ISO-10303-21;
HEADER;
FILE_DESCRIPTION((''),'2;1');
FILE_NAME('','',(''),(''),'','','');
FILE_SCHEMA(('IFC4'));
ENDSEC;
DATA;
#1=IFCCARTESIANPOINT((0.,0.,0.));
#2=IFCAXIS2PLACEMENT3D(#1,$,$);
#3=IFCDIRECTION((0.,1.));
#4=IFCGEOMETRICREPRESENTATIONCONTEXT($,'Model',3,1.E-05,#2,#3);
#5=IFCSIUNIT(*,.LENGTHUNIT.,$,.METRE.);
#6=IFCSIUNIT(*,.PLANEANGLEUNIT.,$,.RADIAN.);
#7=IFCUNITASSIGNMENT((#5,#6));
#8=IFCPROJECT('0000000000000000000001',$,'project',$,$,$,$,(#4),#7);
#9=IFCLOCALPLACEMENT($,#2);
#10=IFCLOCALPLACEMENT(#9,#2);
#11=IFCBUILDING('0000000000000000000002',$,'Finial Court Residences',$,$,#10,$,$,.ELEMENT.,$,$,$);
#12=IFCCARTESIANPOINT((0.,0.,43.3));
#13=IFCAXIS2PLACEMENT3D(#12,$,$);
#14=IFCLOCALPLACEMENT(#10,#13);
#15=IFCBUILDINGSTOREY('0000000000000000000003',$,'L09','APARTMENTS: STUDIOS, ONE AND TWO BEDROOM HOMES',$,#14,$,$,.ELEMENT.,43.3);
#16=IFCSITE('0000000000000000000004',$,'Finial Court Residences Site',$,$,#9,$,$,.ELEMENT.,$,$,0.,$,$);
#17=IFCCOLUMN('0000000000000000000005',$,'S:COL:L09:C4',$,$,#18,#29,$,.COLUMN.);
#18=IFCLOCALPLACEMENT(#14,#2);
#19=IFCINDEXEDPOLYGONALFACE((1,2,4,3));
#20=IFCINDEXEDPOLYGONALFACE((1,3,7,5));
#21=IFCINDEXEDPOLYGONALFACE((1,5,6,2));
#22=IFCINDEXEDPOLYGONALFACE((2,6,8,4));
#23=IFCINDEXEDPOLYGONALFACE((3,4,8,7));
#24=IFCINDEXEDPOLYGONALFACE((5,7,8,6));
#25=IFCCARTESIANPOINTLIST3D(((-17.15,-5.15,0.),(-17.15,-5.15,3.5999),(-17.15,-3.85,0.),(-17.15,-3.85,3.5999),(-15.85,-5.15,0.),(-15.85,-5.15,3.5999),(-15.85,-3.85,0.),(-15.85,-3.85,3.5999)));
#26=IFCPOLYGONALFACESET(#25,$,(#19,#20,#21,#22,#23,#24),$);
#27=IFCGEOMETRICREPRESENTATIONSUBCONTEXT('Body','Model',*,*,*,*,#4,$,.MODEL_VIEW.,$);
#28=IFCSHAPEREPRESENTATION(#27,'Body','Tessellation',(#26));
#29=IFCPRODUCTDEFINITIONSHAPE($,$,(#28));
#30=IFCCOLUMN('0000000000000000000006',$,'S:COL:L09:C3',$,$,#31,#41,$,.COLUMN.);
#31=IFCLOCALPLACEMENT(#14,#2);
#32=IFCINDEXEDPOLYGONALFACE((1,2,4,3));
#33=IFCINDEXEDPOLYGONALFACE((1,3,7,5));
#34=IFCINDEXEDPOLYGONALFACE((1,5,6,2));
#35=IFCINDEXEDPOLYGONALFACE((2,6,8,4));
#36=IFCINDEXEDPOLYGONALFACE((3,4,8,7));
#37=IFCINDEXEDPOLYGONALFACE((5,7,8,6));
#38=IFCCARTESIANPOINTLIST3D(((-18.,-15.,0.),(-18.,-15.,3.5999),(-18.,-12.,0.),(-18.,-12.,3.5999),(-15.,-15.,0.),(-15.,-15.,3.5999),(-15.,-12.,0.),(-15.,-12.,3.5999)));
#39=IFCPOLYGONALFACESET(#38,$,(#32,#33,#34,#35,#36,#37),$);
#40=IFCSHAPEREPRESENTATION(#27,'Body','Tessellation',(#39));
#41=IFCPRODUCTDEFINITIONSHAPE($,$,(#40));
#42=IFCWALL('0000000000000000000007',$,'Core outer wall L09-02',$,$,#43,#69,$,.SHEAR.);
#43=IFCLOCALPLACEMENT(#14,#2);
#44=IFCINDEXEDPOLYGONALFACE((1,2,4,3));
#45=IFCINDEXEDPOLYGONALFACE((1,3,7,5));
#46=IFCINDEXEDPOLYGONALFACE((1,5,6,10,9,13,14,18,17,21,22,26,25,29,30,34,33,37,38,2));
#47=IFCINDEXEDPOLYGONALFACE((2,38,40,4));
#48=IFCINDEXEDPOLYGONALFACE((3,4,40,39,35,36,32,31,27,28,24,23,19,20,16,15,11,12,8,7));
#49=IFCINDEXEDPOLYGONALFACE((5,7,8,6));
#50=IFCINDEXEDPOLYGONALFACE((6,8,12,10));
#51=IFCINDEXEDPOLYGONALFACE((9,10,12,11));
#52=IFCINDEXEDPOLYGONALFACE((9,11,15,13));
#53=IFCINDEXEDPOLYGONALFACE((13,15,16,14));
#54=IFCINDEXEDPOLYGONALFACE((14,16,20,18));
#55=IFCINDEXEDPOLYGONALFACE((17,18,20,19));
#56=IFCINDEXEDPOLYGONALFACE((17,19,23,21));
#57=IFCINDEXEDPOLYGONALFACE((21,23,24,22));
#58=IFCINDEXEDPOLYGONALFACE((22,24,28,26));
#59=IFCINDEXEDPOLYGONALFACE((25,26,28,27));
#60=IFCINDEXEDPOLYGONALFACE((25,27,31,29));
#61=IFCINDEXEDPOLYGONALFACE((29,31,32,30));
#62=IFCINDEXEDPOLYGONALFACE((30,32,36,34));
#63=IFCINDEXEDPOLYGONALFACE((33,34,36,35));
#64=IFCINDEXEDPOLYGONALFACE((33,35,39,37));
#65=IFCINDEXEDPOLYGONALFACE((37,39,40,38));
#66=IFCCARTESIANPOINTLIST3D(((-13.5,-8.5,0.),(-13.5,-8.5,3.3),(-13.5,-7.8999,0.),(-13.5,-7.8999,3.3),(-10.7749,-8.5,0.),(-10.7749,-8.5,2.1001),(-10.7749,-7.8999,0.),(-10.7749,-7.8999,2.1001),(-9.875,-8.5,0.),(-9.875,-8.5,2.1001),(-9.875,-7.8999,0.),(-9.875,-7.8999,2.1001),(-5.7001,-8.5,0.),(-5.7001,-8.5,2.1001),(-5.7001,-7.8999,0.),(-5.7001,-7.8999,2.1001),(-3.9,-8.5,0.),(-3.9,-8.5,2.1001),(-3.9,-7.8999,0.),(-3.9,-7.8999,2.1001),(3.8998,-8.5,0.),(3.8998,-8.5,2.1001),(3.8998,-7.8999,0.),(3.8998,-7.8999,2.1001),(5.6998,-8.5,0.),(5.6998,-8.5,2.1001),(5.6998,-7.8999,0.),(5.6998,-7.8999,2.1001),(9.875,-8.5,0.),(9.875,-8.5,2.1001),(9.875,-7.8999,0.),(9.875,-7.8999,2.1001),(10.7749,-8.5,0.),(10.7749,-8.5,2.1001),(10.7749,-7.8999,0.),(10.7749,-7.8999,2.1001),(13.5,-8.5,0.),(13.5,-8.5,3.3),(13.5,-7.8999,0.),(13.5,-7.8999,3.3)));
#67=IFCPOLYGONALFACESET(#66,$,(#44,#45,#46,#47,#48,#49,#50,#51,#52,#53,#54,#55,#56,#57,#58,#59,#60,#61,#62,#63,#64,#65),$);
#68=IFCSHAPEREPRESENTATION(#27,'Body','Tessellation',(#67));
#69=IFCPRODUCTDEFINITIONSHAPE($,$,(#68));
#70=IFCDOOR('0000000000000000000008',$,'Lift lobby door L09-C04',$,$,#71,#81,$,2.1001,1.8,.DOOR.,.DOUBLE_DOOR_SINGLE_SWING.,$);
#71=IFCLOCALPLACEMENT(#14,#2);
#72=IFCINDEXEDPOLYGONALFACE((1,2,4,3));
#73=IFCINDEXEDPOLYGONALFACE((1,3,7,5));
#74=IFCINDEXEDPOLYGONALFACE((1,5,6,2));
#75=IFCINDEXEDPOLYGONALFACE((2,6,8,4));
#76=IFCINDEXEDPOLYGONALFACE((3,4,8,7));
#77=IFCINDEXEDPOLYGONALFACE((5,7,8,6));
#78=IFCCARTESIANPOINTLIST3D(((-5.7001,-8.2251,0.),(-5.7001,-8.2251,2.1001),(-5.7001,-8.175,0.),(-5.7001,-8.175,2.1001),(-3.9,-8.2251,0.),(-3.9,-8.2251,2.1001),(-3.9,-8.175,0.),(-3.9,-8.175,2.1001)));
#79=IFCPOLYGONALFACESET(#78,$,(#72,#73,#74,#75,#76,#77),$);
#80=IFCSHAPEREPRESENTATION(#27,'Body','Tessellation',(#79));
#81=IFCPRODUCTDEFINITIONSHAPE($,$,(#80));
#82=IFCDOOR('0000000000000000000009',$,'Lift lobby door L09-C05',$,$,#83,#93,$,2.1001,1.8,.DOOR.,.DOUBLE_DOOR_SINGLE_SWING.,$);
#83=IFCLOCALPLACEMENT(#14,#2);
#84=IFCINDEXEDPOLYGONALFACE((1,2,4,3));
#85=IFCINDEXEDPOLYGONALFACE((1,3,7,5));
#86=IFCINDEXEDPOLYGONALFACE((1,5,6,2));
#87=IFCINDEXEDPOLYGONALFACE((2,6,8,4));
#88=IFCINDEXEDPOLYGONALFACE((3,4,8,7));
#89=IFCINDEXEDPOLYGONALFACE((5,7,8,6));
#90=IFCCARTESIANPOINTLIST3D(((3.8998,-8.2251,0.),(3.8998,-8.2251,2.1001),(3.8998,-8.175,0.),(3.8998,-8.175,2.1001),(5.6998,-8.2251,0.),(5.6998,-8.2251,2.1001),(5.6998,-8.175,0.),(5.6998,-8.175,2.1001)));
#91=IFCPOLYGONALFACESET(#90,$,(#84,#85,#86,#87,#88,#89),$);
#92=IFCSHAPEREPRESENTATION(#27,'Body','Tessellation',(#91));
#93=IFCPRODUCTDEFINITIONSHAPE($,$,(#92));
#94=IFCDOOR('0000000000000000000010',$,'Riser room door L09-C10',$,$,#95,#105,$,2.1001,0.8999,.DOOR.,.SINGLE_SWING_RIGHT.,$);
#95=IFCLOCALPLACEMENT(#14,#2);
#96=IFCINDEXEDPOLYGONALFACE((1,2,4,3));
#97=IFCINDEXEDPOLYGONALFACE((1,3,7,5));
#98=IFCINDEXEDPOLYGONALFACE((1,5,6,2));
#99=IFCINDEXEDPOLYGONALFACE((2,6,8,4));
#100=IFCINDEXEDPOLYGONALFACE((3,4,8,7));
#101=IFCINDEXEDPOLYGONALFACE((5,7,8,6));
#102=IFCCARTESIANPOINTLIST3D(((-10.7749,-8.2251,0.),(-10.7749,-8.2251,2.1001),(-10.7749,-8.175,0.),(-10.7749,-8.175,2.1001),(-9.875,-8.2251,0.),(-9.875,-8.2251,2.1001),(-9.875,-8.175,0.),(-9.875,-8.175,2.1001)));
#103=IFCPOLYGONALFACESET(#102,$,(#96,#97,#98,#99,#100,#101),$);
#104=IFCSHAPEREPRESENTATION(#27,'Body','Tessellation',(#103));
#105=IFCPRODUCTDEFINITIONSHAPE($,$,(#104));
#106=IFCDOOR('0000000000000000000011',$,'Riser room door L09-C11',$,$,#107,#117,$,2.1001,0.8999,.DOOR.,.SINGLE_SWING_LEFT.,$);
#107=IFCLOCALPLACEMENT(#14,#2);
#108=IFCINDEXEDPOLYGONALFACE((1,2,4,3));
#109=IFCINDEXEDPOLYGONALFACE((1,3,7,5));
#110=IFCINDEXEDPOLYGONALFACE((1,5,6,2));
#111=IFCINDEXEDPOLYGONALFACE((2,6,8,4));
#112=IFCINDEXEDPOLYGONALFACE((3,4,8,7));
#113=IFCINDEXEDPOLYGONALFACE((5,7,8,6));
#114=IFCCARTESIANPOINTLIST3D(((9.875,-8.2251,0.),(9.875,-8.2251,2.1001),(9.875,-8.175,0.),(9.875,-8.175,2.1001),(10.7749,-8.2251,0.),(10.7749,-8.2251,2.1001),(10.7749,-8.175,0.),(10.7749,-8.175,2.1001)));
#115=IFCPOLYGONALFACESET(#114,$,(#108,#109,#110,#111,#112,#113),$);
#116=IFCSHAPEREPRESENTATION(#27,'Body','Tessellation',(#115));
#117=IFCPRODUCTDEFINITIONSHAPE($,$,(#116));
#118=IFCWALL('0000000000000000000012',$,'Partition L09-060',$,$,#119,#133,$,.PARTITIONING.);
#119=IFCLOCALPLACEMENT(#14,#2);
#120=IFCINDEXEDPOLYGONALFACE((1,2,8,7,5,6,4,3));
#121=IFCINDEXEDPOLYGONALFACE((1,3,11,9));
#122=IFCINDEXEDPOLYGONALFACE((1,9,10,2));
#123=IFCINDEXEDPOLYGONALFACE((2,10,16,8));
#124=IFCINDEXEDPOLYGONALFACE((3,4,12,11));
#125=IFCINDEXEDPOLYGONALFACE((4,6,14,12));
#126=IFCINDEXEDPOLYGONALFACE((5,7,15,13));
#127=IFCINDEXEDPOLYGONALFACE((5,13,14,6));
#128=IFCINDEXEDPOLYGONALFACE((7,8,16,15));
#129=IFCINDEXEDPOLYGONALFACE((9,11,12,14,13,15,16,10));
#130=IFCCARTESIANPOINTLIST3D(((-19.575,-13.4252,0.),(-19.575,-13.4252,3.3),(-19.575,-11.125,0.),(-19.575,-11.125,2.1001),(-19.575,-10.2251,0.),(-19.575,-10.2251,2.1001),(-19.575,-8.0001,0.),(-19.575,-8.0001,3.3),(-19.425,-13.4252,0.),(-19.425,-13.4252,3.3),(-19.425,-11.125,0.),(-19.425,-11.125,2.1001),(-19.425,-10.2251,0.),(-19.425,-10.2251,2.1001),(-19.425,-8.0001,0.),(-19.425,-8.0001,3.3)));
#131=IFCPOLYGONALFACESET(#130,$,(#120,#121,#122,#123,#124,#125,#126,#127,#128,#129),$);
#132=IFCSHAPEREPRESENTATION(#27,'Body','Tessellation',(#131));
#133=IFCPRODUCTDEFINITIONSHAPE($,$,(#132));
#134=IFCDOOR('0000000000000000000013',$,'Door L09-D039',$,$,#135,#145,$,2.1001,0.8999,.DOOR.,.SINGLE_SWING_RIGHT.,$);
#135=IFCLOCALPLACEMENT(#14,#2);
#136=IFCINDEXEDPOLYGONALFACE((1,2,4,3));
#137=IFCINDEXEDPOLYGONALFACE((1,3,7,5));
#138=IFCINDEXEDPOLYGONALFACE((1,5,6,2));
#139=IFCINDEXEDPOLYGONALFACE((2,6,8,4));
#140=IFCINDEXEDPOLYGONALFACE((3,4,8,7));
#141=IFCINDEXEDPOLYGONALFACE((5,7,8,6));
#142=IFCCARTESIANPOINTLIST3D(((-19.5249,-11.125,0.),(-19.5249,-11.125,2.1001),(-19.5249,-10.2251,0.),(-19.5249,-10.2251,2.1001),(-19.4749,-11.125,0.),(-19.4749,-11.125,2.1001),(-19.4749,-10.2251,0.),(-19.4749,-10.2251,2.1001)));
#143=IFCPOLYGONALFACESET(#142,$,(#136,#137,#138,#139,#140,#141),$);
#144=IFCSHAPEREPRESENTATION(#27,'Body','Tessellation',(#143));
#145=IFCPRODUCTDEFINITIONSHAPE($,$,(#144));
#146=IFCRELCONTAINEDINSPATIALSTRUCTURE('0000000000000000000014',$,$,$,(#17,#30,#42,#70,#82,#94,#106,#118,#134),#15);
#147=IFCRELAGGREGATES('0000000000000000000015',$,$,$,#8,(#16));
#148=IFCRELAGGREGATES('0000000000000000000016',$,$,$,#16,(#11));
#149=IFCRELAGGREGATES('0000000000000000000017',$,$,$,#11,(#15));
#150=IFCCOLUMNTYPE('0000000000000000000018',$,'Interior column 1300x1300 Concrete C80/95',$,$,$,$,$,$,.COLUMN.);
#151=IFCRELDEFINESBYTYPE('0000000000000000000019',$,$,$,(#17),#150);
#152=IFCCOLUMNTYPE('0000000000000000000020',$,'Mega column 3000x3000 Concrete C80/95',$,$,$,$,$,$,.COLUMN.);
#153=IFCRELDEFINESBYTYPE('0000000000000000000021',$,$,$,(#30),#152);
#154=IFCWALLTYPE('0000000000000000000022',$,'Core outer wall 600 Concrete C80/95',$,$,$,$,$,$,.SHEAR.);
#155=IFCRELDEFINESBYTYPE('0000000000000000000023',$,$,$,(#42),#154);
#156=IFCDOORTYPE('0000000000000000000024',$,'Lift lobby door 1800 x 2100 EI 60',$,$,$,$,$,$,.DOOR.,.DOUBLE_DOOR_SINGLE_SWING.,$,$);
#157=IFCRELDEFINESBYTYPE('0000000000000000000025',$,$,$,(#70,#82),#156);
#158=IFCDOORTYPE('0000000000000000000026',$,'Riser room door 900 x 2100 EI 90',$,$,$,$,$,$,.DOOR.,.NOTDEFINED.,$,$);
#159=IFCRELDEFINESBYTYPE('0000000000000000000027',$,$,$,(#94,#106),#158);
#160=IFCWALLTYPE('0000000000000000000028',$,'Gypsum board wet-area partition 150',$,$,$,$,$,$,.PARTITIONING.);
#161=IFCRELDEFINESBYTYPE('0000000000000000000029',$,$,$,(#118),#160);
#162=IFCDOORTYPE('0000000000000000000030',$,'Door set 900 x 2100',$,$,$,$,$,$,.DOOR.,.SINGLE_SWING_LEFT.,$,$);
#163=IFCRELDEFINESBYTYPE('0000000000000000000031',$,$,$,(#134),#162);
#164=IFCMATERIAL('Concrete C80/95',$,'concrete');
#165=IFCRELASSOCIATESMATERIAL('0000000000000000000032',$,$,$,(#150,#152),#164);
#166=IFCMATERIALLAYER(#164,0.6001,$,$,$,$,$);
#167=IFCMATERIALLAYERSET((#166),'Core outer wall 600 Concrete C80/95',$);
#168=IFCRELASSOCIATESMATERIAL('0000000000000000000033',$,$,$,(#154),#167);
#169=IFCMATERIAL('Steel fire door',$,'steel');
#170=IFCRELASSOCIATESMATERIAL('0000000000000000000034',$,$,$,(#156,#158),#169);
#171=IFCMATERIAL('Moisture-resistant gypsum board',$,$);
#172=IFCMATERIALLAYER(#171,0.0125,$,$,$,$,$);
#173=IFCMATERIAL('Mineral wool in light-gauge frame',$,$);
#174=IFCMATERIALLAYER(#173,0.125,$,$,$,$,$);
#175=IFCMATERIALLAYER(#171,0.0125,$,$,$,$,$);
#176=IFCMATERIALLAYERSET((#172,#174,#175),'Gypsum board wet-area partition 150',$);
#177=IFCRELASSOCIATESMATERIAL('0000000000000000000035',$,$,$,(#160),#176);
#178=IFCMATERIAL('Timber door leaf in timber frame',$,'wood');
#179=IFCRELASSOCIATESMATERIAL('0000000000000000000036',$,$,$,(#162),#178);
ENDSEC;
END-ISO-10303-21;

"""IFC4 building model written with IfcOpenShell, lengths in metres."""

from ifc_helpers import new_model, si_unit, direction, frame, frame_2d, origin, origin_2d, place, context, subcontext, project, spatial, rectangle, extrude, material, layer, layer_set, material_profile, profile_set, type_object, element, fill, save


model = new_model("IFC4")

# Units and contexts
model_context = context("Model", 3, precision=1e-05, world=origin(), true_north=direction((0.0, 1.0)))
body_context = subcontext(model_context, "Body", "Model", "MODEL_VIEW")
ifc_project = project(units=[si_unit("LENGTHUNIT", "METRE"), si_unit("PLANEANGLEUNIT", "RADIAN")], contexts=[model_context])

# Site, building, storey
site_placement = place(None, origin())
site = spatial("IfcSite", under=ifc_project, at=site_placement, Name="Finial Court Residences Site", CompositionType="ELEMENT", RefElevation=0.0)
building_placement = place(site_placement, origin())
building = spatial("IfcBuilding", under=site, at=building_placement, Name="Finial Court Residences", CompositionType="ELEMENT")
storey_placement = place(building_placement, frame((0.0, 0.0, 43.3)))
storey = spatial("IfcBuildingStorey", under=building, at=storey_placement, Name="L09", Description="APARTMENTS: STUDIOS, ONE AND TWO BEDROOM HOMES", CompositionType="ELEMENT", Elevation=43.3)

# Columns
ifc_material_1 = material(Name="Concrete C80/95", Category="concrete")
ifc_material_profile_1 = material_profile(ifc_material_1, rectangle(XDim=1.3, YDim=1.3, at=origin_2d()), Name="1300x1300")
ifc_profile_set_1 = profile_set([ifc_material_profile_1], Name="Concrete C80/95")
column_type_1 = type_object("IfcColumnType", Name="Interior column 1300x1300 Concrete C80/95", PredefinedType="COLUMN", material=ifc_profile_set_1)
column_1_placement = place(storey_placement, frame((-16.5, -4.5, 0.0), z_axis=(0.0, 0.0, 1.0), x_axis=(1.0, 0.0, 0.0)))
element("IfcColumn", 1, at=column_1_placement, inside=storey, type_object=column_type_1, Name="S:COL:L09:C4", PredefinedType="COLUMN", context=body_context, shape_type="SweptSolid", body=[
    extrude(rectangle(XDim=1.3, YDim=1.3, at=origin_2d()), origin(), (0.0, 0.0, 1.0), 3.5999),
])
ifc_material_profile_2 = material_profile(ifc_material_1, rectangle(XDim=3.0, YDim=3.0, at=origin_2d()), Name="3000x3000")
ifc_profile_set_2 = profile_set([ifc_material_profile_2], Name="Concrete C80/95")
column_type_2 = type_object("IfcColumnType", Name="Mega column 3000x3000 Concrete C80/95", PredefinedType="COLUMN", material=ifc_profile_set_2)
column_2_placement = place(storey_placement, frame((-16.5, -13.5, 0.0), z_axis=(0.0, 0.0, 1.0), x_axis=(1.0, 0.0, 0.0)))
element("IfcColumn", 2, at=column_2_placement, inside=storey, type_object=column_type_2, Name="S:COL:L09:C3", PredefinedType="COLUMN", context=body_context, shape_type="SweptSolid", body=[
    extrude(rectangle(XDim=3.0, YDim=3.0, at=origin_2d()), origin(), (0.0, 0.0, 1.0), 3.5999),
])

# Wall, openings, doors
ifc_layer_1 = layer(ifc_material_1, 0.6001)
ifc_layer_set_1 = layer_set([ifc_layer_1], Name="Core outer wall 600 Concrete C80/95")
wall_type_1 = type_object("IfcWallType", Name="Core outer wall 600 Concrete C80/95", PredefinedType="SHEAR", material=ifc_layer_set_1)
wall_1_placement = place(storey_placement, frame((-13.5, -8.2, 0.0), z_axis=(0.0, 0.0, 1.0), x_axis=(1.0, 0.0, 0.0)))
wall_1 = element("IfcWall", 3, at=wall_1_placement, inside=storey, type_object=wall_type_1, Name="Core outer wall L09-02", PredefinedType="SHEAR", context=body_context, shape_type="SweptSolid", body=[
    extrude(rectangle(XDim=27.0, YDim=0.6001, at=frame_2d((13.5, 0.0))), origin(), (0.0, 0.0, 1.0), 3.3),
])
opening_1_placement = place(wall_1_placement, frame((7.8, 0.0, 0.0)))
opening_1 = element("IfcOpeningElement", 4, at=opening_1_placement, cuts=wall_1, PredefinedType="OPENING", context=body_context, shape_type="SweptSolid", body=[
    extrude(rectangle(XDim=1.8, YDim=2.1001, at=frame_2d((0.8999, 1.05))), frame((0.0, 0.3101, 0.0), z_axis=(0.0, -1.0, 0.0), x_axis=(1.0, 0.0, 0.0)), (0.0, 0.0, 1.0), 0.6201),
])
opening_2_placement = place(wall_1_placement, frame((17.3999, 0.0, 0.0)))
opening_2 = element("IfcOpeningElement", 5, at=opening_2_placement, cuts=wall_1, PredefinedType="OPENING", context=body_context, shape_type="SweptSolid", body=[
    extrude(rectangle(XDim=1.8, YDim=2.1001, at=frame_2d((0.8999, 1.05))), frame((0.0, 0.3101, 0.0), z_axis=(0.0, -1.0, 0.0), x_axis=(1.0, 0.0, 0.0)), (0.0, 0.0, 1.0), 0.6201),
])
opening_3_placement = place(wall_1_placement, frame((2.7251, 0.0, 0.0)))
opening_3 = element("IfcOpeningElement", 6, at=opening_3_placement, cuts=wall_1, PredefinedType="OPENING", context=body_context, shape_type="SweptSolid", body=[
    extrude(rectangle(XDim=0.8999, YDim=2.1001, at=frame_2d((0.45, 1.05))), frame((0.0, 0.3101, 0.0), z_axis=(0.0, -1.0, 0.0), x_axis=(1.0, 0.0, 0.0)), (0.0, 0.0, 1.0), 0.6201),
])
opening_4_placement = place(wall_1_placement, frame((23.375, 0.0, 0.0)))
opening_4 = element("IfcOpeningElement", 7, at=opening_4_placement, cuts=wall_1, PredefinedType="OPENING", context=body_context, shape_type="SweptSolid", body=[
    extrude(rectangle(XDim=0.8999, YDim=2.1001, at=frame_2d((0.45, 1.05))), frame((0.0, 0.3101, 0.0), z_axis=(0.0, -1.0, 0.0), x_axis=(1.0, 0.0, 0.0)), (0.0, 0.0, 1.0), 0.6201),
])
ifc_material_2 = material(Name="Steel fire door", Category="steel")
door_type_1 = type_object("IfcDoorType", Name="Lift lobby door 1800 x 2100 EI 60", OperationType="DOUBLE_DOOR_SINGLE_SWING", PredefinedType="DOOR", material=ifc_material_2)
door_1_placement = place(opening_1_placement, origin())
door_1 = element("IfcDoor", 8, at=door_1_placement, inside=storey, type_object=door_type_1, Name="Lift lobby door L09-C04", OperationType="DOUBLE_DOOR_SINGLE_SWING", OverallHeight=2.1001, OverallWidth=1.8, PredefinedType="DOOR", context=body_context, shape_type="SweptSolid", body=[
    extrude(rectangle(XDim=1.8, YDim=2.1001, at=frame_2d((0.8999, 1.05))), frame((0.0, 0.0249, 0.0), z_axis=(0.0, -1.0, 0.0), x_axis=(1.0, 0.0, 0.0)), (0.0, 0.0, 1.0), 0.05),
])
fill(opening_1, door_1)
door_2_placement = place(opening_2_placement, origin())
door_2 = element("IfcDoor", 9, at=door_2_placement, inside=storey, type_object=door_type_1, Name="Lift lobby door L09-C05", OperationType="DOUBLE_DOOR_SINGLE_SWING", OverallHeight=2.1001, OverallWidth=1.8, PredefinedType="DOOR", context=body_context, shape_type="SweptSolid", body=[
    extrude(rectangle(XDim=1.8, YDim=2.1001, at=frame_2d((0.8999, 1.05))), frame((0.0, 0.0249, 0.0), z_axis=(0.0, -1.0, 0.0), x_axis=(1.0, 0.0, 0.0)), (0.0, 0.0, 1.0), 0.05),
])
fill(opening_2, door_2)
door_type_2 = type_object("IfcDoorType", Name="Riser room door 900 x 2100 EI 90", OperationType="NOTDEFINED", PredefinedType="DOOR", material=ifc_material_2)
door_3_placement = place(opening_3_placement, origin())
door_3 = element("IfcDoor", 10, at=door_3_placement, inside=storey, type_object=door_type_2, Name="Riser room door L09-C10", OperationType="SINGLE_SWING_RIGHT", OverallHeight=2.1001, OverallWidth=0.8999, PredefinedType="DOOR", context=body_context, shape_type="SweptSolid", body=[
    extrude(rectangle(XDim=0.8999, YDim=2.1001, at=frame_2d((0.45, 1.05))), frame((0.0, 0.0249, 0.0), z_axis=(0.0, -1.0, 0.0), x_axis=(1.0, 0.0, 0.0)), (0.0, 0.0, 1.0), 0.05),
])
fill(opening_3, door_3)
door_4_placement = place(opening_4_placement, origin())
door_4 = element("IfcDoor", 11, at=door_4_placement, inside=storey, type_object=door_type_2, Name="Riser room door L09-C11", OperationType="SINGLE_SWING_LEFT", OverallHeight=2.1001, OverallWidth=0.8999, PredefinedType="DOOR", context=body_context, shape_type="SweptSolid", body=[
    extrude(rectangle(XDim=0.8999, YDim=2.1001, at=frame_2d((0.45, 1.05))), frame((0.0, 0.0249, 0.0), z_axis=(0.0, -1.0, 0.0), x_axis=(1.0, 0.0, 0.0)), (0.0, 0.0, 1.0), 0.05),
])
fill(opening_4, door_4)

# Wall, opening, door
ifc_material_3 = material(Name="Moisture-resistant gypsum board")
ifc_layer_2 = layer(ifc_material_3, 0.0125)
ifc_material_4 = material(Name="Mineral wool in light-gauge frame")
ifc_layer_3 = layer(ifc_material_4, 0.125)
ifc_layer_4 = layer(ifc_material_3, 0.0125)
ifc_layer_set_2 = layer_set([ifc_layer_2, ifc_layer_3, ifc_layer_4], Name="Gypsum board wet-area partition 150")
wall_type_2 = type_object("IfcWallType", Name="Gypsum board wet-area partition 150", PredefinedType="PARTITIONING", material=ifc_layer_set_2)
wall_2_placement = place(storey_placement, frame((-19.5, -13.425, 0.0), z_axis=(0.0, 0.0, 1.0), x_axis=(0.0, 1.0, 0.0)))
wall_2 = element("IfcWall", 12, at=wall_2_placement, inside=storey, type_object=wall_type_2, Name="Partition L09-060", PredefinedType="PARTITIONING", context=body_context, shape_type="SweptSolid", body=[
    extrude(rectangle(XDim=5.425, YDim=0.1499, at=frame_2d((2.7124, 0.0))), origin(), (0.0, 0.0, 1.0), 3.3),
])
opening_5_placement = place(wall_2_placement, frame((2.3, 0.0, 0.0)))
opening_5 = element("IfcOpeningElement", 13, at=opening_5_placement, cuts=wall_2, PredefinedType="OPENING", context=body_context, shape_type="SweptSolid", body=[
    extrude(rectangle(XDim=0.8999, YDim=2.1001, at=frame_2d((0.45, 1.05))), frame((0.0, 0.085, 0.0), z_axis=(0.0, -1.0, 0.0), x_axis=(1.0, 0.0, 0.0)), (0.0, 0.0, 1.0), 0.1699),
])
ifc_material_5 = material(Name="Timber door leaf in timber frame", Category="wood")
door_type_3 = type_object("IfcDoorType", Name="Door set 900 x 2100", OperationType="SINGLE_SWING_LEFT", PredefinedType="DOOR", material=ifc_material_5)
door_5_placement = place(opening_5_placement, origin())
door_5 = element("IfcDoor", 14, at=door_5_placement, inside=storey, type_object=door_type_3, Name="Door L09-D039", OperationType="SINGLE_SWING_RIGHT", OverallHeight=2.1001, OverallWidth=0.8999, PredefinedType="DOOR", context=body_context, shape_type="SweptSolid", body=[
    extrude(rectangle(XDim=0.8999, YDim=2.1001, at=frame_2d((0.45, 1.05))), frame((0.0, 0.0249, 0.0), z_axis=(0.0, -1.0, 0.0), x_axis=(1.0, 0.0, 0.0)), (0.0, 0.0, 1.0), 0.05),
])
fill(opening_5, door_5)

save(model, "model.ifc")
